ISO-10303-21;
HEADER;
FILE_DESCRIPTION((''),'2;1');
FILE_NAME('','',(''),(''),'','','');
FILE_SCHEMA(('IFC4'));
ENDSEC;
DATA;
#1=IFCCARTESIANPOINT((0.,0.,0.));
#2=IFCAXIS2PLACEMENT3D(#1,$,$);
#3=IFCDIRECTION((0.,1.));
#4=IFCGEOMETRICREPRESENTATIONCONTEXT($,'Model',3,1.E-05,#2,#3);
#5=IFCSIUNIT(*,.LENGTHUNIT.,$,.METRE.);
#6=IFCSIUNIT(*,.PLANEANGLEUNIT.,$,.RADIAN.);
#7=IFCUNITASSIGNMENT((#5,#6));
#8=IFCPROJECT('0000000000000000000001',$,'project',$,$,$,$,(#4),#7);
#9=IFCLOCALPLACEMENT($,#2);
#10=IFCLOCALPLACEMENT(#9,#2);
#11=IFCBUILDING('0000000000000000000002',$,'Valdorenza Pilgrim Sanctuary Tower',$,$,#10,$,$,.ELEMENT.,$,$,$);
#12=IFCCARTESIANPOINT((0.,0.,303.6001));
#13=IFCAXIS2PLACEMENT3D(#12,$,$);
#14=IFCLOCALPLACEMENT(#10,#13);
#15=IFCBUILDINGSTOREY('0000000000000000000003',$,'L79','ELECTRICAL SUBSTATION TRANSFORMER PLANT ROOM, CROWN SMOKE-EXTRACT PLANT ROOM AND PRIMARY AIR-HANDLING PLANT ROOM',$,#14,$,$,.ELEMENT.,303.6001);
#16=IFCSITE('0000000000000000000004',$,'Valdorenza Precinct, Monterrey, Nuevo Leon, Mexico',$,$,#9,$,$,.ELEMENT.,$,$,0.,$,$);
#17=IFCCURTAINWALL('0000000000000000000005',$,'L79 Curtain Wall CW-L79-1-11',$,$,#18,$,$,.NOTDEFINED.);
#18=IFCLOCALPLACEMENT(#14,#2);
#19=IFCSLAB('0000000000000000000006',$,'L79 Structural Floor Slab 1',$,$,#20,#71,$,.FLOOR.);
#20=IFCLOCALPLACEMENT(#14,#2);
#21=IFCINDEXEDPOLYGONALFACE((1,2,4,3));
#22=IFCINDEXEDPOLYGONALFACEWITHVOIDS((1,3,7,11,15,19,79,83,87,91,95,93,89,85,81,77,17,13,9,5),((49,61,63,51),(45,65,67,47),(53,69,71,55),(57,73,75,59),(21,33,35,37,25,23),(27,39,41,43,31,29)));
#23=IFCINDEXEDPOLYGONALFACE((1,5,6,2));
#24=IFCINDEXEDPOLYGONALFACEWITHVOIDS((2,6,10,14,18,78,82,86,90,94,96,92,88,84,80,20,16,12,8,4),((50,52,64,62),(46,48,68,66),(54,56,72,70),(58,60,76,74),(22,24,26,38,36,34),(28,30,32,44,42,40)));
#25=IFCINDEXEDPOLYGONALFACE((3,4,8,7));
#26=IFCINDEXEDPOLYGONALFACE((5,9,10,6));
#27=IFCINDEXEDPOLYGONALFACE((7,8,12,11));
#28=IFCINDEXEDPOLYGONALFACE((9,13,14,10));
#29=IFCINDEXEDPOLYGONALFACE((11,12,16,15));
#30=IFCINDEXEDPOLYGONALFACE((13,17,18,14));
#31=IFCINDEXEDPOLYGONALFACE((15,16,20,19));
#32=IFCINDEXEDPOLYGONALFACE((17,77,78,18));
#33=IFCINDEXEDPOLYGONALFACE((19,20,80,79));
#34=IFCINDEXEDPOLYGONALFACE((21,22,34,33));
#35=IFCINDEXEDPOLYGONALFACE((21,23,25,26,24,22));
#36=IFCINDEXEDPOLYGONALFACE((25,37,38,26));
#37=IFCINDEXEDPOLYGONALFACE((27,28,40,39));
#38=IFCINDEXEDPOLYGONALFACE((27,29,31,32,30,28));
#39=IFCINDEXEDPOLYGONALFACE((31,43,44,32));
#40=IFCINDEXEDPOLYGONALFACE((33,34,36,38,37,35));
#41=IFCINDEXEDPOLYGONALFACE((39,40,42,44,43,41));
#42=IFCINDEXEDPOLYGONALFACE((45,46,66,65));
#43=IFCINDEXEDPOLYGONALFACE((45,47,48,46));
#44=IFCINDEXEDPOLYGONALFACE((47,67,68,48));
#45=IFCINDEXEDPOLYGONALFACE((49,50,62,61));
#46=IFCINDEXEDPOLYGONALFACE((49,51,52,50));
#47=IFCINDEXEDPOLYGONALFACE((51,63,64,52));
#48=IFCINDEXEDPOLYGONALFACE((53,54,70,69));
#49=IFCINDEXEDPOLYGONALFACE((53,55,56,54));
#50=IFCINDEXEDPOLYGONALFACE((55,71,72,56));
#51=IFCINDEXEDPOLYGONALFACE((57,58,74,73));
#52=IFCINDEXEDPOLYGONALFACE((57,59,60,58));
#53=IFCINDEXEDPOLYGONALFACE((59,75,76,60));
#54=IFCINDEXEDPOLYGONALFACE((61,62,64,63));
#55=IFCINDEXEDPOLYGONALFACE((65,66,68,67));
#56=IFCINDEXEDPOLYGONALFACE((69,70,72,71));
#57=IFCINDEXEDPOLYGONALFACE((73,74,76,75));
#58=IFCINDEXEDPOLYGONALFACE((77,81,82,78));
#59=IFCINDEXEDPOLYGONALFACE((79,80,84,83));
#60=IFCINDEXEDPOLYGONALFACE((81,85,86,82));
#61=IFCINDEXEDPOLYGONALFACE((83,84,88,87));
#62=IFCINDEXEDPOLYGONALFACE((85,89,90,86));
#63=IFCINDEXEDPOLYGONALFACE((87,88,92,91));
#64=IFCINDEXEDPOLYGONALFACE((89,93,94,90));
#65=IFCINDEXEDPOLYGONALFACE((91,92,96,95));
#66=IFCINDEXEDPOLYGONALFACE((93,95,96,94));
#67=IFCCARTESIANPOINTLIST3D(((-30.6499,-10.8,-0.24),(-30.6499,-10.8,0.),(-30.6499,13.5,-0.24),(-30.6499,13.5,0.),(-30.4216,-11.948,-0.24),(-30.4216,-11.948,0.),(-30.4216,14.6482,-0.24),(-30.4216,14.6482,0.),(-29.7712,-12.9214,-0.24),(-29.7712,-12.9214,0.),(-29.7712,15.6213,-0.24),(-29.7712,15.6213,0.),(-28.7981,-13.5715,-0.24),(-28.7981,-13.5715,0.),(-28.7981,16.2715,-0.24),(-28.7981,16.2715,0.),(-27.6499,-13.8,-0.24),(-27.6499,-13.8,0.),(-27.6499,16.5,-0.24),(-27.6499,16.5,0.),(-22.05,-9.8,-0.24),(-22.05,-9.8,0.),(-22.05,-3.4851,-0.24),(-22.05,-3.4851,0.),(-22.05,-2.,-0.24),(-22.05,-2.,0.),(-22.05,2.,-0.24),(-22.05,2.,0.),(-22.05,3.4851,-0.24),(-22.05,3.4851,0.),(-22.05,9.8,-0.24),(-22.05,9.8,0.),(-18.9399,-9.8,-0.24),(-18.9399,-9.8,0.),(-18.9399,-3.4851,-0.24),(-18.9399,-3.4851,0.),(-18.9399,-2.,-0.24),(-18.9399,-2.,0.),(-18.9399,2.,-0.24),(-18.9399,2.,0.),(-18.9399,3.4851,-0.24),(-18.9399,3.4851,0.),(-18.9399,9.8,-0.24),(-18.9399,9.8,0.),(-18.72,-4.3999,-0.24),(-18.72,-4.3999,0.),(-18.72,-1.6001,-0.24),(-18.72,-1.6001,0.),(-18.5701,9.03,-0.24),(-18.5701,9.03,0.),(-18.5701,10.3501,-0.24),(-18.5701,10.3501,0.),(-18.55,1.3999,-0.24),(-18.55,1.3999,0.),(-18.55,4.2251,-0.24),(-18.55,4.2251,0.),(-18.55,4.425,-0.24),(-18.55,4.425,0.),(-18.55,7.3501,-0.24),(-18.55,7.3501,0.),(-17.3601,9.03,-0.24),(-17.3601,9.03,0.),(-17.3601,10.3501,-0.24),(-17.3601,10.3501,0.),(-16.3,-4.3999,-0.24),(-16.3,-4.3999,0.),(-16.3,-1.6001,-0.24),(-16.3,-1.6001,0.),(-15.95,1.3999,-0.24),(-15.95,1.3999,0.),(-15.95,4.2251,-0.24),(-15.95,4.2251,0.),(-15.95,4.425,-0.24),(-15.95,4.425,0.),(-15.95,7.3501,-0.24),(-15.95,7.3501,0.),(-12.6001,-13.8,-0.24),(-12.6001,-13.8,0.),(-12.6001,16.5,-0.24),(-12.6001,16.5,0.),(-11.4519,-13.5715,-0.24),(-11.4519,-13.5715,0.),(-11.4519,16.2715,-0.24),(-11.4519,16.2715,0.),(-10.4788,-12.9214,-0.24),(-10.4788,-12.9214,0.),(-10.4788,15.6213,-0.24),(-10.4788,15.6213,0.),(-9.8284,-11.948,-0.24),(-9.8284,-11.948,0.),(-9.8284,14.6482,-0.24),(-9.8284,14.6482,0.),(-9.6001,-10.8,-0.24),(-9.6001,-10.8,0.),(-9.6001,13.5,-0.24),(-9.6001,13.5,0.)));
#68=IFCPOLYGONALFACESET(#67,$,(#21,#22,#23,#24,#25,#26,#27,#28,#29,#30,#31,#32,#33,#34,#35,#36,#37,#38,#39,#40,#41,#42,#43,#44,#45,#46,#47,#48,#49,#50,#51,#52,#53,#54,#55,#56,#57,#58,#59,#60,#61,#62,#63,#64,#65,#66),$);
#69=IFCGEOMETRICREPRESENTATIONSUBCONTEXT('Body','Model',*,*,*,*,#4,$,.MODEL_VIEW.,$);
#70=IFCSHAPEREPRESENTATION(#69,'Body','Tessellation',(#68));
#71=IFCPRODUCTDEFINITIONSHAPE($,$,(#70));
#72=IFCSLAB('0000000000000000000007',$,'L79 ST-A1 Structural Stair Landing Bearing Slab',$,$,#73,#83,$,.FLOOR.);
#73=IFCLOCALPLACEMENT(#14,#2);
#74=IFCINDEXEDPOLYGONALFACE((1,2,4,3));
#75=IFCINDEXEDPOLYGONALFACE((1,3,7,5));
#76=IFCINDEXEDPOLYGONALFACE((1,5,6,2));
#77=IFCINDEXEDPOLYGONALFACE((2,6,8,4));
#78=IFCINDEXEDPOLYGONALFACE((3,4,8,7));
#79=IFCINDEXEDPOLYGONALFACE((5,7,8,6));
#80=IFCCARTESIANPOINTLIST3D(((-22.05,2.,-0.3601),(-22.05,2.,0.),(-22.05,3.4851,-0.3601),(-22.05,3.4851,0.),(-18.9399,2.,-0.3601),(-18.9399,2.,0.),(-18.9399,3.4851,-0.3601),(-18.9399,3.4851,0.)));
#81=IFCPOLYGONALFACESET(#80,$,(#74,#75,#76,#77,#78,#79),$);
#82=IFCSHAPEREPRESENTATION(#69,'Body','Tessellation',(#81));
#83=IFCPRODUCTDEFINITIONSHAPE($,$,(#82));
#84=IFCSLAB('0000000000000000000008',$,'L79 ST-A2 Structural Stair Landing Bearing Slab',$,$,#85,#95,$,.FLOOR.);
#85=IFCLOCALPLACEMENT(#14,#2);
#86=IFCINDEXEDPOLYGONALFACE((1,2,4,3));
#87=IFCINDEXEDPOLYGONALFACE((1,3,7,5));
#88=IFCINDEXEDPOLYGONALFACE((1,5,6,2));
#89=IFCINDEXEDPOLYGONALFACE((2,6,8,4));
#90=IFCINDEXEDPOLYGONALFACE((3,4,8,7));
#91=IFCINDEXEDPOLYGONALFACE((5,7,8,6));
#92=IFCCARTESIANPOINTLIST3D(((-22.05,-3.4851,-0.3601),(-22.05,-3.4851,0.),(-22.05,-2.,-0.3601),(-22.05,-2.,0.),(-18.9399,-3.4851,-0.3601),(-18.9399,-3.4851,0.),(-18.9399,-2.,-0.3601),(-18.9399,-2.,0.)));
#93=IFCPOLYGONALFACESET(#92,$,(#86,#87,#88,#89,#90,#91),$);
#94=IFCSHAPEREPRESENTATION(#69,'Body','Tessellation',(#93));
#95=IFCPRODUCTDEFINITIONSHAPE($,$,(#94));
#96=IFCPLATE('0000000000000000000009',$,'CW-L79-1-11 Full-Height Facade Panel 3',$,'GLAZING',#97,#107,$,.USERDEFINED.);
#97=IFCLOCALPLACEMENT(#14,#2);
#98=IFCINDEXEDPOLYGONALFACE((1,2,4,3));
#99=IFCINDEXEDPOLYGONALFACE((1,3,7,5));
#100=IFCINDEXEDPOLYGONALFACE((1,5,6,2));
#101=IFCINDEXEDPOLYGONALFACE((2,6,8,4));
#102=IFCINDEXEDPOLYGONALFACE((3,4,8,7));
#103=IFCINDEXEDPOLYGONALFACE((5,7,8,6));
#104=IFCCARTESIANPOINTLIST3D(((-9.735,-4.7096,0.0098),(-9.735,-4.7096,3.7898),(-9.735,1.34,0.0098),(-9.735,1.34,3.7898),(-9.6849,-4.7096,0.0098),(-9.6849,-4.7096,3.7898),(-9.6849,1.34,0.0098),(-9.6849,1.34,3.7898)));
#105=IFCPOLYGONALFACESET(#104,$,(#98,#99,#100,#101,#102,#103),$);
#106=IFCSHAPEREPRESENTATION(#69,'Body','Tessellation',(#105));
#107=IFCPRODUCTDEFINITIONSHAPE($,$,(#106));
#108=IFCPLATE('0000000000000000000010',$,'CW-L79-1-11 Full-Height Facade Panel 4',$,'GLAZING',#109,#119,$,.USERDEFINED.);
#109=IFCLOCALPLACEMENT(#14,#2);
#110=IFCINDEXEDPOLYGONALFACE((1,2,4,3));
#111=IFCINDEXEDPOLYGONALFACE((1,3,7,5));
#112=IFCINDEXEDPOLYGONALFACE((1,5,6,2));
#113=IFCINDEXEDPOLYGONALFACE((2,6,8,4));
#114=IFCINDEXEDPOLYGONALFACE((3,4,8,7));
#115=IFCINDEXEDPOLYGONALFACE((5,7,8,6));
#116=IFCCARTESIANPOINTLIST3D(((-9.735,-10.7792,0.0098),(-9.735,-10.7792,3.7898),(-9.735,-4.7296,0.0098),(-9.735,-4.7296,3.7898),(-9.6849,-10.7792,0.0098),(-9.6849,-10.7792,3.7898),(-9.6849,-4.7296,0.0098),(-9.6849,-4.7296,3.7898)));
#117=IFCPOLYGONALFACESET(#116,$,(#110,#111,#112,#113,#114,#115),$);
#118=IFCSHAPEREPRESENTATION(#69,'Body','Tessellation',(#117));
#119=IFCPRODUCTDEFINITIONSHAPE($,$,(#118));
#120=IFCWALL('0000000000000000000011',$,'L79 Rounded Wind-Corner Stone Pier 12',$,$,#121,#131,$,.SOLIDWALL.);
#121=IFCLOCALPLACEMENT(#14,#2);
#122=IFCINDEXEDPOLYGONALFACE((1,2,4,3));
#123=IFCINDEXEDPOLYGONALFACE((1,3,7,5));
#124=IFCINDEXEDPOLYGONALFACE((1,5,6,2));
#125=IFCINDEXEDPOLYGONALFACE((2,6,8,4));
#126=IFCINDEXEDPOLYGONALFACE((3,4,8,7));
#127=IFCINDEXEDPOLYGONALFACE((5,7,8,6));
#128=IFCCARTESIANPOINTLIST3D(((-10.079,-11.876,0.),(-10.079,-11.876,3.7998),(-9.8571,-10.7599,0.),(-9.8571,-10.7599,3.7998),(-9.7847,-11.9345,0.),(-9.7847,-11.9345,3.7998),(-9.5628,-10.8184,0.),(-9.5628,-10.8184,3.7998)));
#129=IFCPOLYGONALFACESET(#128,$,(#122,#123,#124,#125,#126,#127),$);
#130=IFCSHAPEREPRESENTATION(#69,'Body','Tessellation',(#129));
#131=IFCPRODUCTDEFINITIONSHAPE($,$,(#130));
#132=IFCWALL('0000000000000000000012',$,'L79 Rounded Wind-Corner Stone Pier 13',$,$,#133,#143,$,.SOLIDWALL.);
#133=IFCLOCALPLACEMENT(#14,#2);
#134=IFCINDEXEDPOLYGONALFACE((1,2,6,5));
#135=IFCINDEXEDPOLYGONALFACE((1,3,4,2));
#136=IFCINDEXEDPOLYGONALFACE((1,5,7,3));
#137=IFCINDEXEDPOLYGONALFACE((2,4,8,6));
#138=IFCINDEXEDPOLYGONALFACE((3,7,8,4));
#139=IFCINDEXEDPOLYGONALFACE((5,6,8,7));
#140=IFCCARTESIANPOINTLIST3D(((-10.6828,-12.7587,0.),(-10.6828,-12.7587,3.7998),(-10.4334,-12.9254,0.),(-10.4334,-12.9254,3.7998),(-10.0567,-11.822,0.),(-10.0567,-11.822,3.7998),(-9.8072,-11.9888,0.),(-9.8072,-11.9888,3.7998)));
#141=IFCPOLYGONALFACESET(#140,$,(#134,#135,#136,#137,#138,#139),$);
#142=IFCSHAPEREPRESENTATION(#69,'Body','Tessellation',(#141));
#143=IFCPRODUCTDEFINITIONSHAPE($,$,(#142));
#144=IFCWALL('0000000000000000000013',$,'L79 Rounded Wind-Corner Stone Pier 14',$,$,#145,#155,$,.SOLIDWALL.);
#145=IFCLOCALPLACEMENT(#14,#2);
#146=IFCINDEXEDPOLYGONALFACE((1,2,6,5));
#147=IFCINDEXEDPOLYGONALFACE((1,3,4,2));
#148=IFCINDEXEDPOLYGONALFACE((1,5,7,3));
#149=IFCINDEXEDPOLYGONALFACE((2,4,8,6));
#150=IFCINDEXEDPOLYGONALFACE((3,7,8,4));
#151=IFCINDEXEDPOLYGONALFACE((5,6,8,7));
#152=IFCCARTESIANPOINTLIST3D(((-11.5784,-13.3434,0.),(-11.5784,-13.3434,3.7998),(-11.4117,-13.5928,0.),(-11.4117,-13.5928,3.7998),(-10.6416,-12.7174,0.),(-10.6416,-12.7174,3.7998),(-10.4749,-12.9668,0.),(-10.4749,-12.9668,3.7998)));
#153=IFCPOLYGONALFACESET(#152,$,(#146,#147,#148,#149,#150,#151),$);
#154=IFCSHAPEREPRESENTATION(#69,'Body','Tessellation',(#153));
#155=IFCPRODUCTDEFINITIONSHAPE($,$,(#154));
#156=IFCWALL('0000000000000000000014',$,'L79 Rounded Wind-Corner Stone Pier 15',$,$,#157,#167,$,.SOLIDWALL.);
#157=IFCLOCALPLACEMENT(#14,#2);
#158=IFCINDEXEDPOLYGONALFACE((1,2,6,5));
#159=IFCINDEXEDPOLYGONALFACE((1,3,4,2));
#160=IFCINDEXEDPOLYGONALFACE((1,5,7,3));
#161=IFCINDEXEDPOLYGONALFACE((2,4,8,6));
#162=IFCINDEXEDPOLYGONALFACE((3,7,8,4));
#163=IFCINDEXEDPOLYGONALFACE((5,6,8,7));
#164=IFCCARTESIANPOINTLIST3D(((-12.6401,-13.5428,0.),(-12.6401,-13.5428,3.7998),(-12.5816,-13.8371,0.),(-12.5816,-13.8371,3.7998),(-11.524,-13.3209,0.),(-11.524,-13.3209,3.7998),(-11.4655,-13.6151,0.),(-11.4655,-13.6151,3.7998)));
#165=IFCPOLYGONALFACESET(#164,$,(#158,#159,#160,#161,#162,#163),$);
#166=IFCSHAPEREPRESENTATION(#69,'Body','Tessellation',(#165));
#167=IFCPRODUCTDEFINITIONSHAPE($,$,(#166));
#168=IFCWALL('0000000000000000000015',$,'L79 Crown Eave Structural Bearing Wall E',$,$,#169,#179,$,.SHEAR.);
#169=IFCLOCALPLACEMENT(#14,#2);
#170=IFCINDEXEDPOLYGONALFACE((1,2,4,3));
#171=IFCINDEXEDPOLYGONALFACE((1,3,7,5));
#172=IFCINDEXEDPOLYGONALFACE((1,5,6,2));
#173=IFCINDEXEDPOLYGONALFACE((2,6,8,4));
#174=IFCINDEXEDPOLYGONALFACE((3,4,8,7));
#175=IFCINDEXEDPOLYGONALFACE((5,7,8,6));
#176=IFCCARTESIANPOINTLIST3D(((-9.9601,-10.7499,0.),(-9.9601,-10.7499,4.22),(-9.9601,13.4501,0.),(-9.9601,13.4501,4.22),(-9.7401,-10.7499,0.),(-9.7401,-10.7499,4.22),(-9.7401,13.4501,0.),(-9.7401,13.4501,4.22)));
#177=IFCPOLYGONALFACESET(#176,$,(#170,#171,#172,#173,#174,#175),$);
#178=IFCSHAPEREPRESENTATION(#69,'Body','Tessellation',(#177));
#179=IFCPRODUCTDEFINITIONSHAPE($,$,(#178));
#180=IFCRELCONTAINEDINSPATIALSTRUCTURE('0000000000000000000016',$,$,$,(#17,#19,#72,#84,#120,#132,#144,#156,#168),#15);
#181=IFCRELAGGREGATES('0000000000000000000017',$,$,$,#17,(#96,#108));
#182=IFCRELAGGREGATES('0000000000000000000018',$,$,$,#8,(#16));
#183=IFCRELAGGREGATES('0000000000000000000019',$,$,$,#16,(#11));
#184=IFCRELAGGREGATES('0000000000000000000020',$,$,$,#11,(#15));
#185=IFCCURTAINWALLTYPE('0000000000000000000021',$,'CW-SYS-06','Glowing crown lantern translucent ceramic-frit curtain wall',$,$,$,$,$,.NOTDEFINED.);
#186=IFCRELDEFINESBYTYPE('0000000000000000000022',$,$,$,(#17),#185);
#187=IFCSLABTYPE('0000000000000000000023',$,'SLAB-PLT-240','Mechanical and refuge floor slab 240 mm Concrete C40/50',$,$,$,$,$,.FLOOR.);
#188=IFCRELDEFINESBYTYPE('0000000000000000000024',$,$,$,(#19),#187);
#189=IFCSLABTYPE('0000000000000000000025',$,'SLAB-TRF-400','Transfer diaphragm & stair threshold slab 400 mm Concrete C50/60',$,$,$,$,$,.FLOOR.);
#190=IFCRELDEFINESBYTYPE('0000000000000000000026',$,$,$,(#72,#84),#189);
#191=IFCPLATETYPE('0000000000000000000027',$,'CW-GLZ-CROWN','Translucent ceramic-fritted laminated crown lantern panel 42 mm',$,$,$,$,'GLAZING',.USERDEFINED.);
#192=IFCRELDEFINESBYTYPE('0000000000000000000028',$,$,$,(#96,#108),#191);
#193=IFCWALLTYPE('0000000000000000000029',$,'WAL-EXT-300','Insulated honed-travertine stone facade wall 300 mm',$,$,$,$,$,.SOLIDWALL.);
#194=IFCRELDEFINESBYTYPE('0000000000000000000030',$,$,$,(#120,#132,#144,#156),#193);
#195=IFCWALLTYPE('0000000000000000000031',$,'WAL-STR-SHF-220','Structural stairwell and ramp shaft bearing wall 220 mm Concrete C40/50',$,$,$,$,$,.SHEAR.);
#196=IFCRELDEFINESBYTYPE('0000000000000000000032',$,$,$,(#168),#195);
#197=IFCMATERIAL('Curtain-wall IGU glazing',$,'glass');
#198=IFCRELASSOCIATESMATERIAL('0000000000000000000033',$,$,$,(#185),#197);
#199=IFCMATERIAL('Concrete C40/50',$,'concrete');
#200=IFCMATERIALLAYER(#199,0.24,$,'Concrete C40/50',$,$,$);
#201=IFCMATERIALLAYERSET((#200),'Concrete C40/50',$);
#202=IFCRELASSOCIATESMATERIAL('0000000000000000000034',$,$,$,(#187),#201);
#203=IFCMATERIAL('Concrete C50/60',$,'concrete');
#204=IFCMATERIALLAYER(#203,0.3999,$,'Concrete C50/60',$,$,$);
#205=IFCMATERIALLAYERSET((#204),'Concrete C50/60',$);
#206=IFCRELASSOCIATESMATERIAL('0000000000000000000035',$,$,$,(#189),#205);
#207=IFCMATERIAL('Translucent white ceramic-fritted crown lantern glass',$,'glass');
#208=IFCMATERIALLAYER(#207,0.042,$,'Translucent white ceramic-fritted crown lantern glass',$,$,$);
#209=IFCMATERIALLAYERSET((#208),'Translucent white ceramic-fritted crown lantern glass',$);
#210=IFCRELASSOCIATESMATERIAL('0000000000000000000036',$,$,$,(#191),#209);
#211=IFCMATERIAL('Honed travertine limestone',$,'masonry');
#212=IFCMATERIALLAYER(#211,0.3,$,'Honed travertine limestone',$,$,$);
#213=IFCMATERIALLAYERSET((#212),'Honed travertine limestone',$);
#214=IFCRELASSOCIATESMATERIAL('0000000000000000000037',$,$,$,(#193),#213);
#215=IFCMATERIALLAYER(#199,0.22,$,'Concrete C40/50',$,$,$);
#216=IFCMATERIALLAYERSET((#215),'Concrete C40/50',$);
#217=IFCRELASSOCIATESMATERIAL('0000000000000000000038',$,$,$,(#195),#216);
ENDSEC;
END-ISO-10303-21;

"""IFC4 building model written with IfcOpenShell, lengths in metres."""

from ifc_helpers import new_model, si_unit, direction, frame, frame_2d, origin, origin_2d, place, context, subcontext, project, spatial, polyline, rectangle, outline, extrude, source, transform, mapped, material, layer, layer_set, type_object, element, aggregate, save


model = new_model("IFC4")

# Units and contexts
model_context = context("Model", 3, precision=1e-05, world=origin(), true_north=direction((0.0, 1.0)))
body_context = subcontext(model_context, "Body", "Model", "MODEL_VIEW")
ifc_project = project(units=[si_unit("LENGTHUNIT", "METRE"), si_unit("PLANEANGLEUNIT", "RADIAN")], contexts=[model_context])

# Site, building, storey
site_placement = place(None, origin())
site = spatial("IfcSite", under=ifc_project, at=site_placement, Name="Valdorenza Precinct, Monterrey, Nuevo Leon, Mexico", CompositionType="ELEMENT", RefElevation=0.0)
building_placement = place(site_placement, origin())
building = spatial("IfcBuilding", under=site, at=building_placement, Name="Valdorenza Pilgrim Sanctuary Tower", CompositionType="ELEMENT")
storey_placement = place(building_placement, frame((0.0, 0.0, 303.6001)))
storey = spatial("IfcBuildingStorey", under=building, at=storey_placement, Name="L79", Description="ELECTRICAL SUBSTATION TRANSFORMER PLANT ROOM, CROWN SMOKE-EXTRACT PLANT ROOM AND PRIMARY AIR-HANDLING PLANT ROOM", CompositionType="ELEMENT", Elevation=303.6001)

# Shared definitions
ifc_material_1 = material(Name="Concrete C50/60", Category="concrete")

# Shared definitions
ifc_material_2 = material(Name="Curtain-wall IGU glazing", Category="glass")
curtain_wall_type = type_object("IfcCurtainWallType", Name="CW-SYS-06", Description="Glowing crown lantern translucent ceramic-frit curtain wall", PredefinedType="NOTDEFINED", material=ifc_material_2)

# Curtain wall
curtain_wall_1_placement = place(storey_placement, origin())
curtain_wall_1 = element("IfcCurtainWall", 1, at=curtain_wall_1_placement, inside=storey, type_object=curtain_wall_type, Name="L79 Curtain Wall CW-L79-1-11", PredefinedType="NOTDEFINED")

# Slabs
ifc_material_3 = material(Name="Concrete C40/50", Category="concrete")
ifc_layer_1 = layer(ifc_material_3, 0.24, Name="Concrete C40/50")
ifc_layer_set_1 = layer_set([ifc_layer_1], Name="Concrete C40/50")
slab_type_1 = type_object("IfcSlabType", Name="SLAB-PLT-240", Description="Mechanical and refuge floor slab 240 mm Concrete C40/50", PredefinedType="FLOOR", material=ifc_layer_set_1)
slab_1_placement = place(storey_placement, frame((0.0, 0.0, -0.24)))
element("IfcSlab", 2, at=slab_1_placement, inside=storey, type_object=slab_type_1, Name="L79 Structural Floor Slab 1", PredefinedType="FLOOR", context=body_context, shape_type="SweptSolid", body=[
    extrude(outline(polyline([(-30.6499, 13.5), (-30.4216, 14.6482), (-29.7712, 15.6213), (-28.7981, 16.2715), (-27.6499, 16.5), (-12.6001, 16.5), (-11.4519, 16.2715), (-10.4788, 15.6213), (-9.8284, 14.6482), (-9.6001, 13.5), (-9.6001, -10.8), (-9.8284, -11.948), (-10.4788, -12.9214), (-11.4519, -13.5715), (-12.6001, -13.8), (-27.6499, -13.8), (-28.7981, -13.5715), (-29.7712, -12.9214), (-30.4216, -11.948), (-30.6499, -10.8), (-30.6499, 13.5)]), holes=[polyline([(-18.9399, -9.8), (-18.9399, -3.4851), (-18.9399, -2.0), (-22.05, -2.0), (-22.05, -3.4851), (-22.05, -9.8), (-18.9399, -9.8)]), polyline([(-16.3, -1.6001), (-18.72, -1.6001), (-18.72, -4.3999), (-16.3, -4.3999), (-16.3, -1.6001)]), polyline([(-18.9399, 3.4851), (-18.9399, 9.8), (-22.05, 9.8), (-22.05, 3.4851), (-22.05, 2.0), (-18.9399, 2.0), (-18.9399, 3.4851)]), polyline([(-15.95, 4.2251), (-18.55, 4.2251), (-18.55, 1.3999), (-15.95, 1.3999), (-15.95, 4.2251)]), polyline([(-15.95, 7.3501), (-18.55, 7.3501), (-18.55, 4.425), (-15.95, 4.425), (-15.95, 7.3501)]), polyline([(-17.3601, 10.3501), (-18.5701, 10.3501), (-18.5701, 9.03), (-17.3601, 9.03), (-17.3601, 10.3501)])]), origin(), (0.0, 0.0, 1.0), 0.24),
])
ifc_layer_2 = layer(ifc_material_1, 0.3999, Name="Concrete C50/60")
ifc_layer_set_2 = layer_set([ifc_layer_2], Name="Concrete C50/60")
slab_type_2 = type_object("IfcSlabType", Name="SLAB-TRF-400", Description="Transfer diaphragm & stair threshold slab 400 mm Concrete C50/60", PredefinedType="FLOOR", material=ifc_layer_set_2)
slab_2_placement = place(storey_placement, frame((0.0, 0.0, -0.3601)))
element("IfcSlab", 3, at=slab_2_placement, inside=storey, type_object=slab_type_2, Name="L79 ST-A1 Structural Stair Landing Bearing Slab", PredefinedType="FLOOR", context=body_context, shape_type="SweptSolid", body=[
    extrude(outline(polyline([(-22.05, 2.0), (-18.9399, 2.0), (-18.9399, 3.4851), (-22.05, 3.4851), (-22.05, 2.0)])), origin(), (0.0, 0.0, 1.0), 0.3601),
])
slab_3_placement = place(storey_placement, frame((0.0, 0.0, -0.3601)))
element("IfcSlab", 4, at=slab_3_placement, inside=storey, type_object=slab_type_2, Name="L79 ST-A2 Structural Stair Landing Bearing Slab", PredefinedType="FLOOR", context=body_context, shape_type="SweptSolid", body=[
    extrude(outline(polyline([(-22.05, -3.4851), (-18.9399, -3.4851), (-18.9399, -2.0), (-22.05, -2.0), (-22.05, -3.4851)])), origin(), (0.0, 0.0, 1.0), 0.3601),
])

# Plates
ifc_material_4 = material(Name="Translucent white ceramic-fritted crown lantern glass", Category="glass")
ifc_layer_3 = layer(ifc_material_4, 0.042, Name="Translucent white ceramic-fritted crown lantern glass")
ifc_layer_set_3 = layer_set([ifc_layer_3], Name="Translucent white ceramic-fritted crown lantern glass")
plate_type = type_object("IfcPlateType", Name="CW-GLZ-CROWN", Description="Translucent ceramic-fritted laminated crown lantern panel 42 mm", ElementType="GLAZING", PredefinedType="USERDEFINED", material=ifc_layer_set_3)
shared_shape_1 = source(origin(), body_context, "Body", "SweptSolid", [
    extrude(rectangle(XDim=6.0496, YDim=0.05, at=origin_2d()), origin(), (0.0, 0.0, 1.0), 3.78),
])
plate_1_placement = place(storey_placement, frame((-9.71, -1.6848, 0.0098), z_axis=(0.0, 0.0, 1.0), x_axis=(0.0, -1.0, 0.0)))
plate_1 = element("IfcPlate", 5, at=plate_1_placement, type_object=plate_type, Name="CW-L79-1-11 Full-Height Facade Panel 3", ObjectType="GLAZING", PredefinedType="USERDEFINED", context=body_context, shape_type="MappedRepresentation", body=[
    mapped(shared_shape_1, transform((0.0, 0.0, 0.0), x_axis=(1.0, 0.0, 0.0), y_axis=(0.0, 1.0, 0.0), z_axis=(0.0, 0.0, 1.0), scale=1.0)),
])
plate_2_placement = place(storey_placement, frame((-9.71, -7.7544, 0.0098), z_axis=(0.0, 0.0, 1.0), x_axis=(0.0, -1.0, 0.0)))
plate_2 = element("IfcPlate", 6, at=plate_2_placement, type_object=plate_type, Name="CW-L79-1-11 Full-Height Facade Panel 4", ObjectType="GLAZING", PredefinedType="USERDEFINED", context=body_context, shape_type="MappedRepresentation", body=[
    mapped(shared_shape_1, transform((0.0, 0.0, 0.0), x_axis=(1.0, 0.0, 0.0), y_axis=(0.0, 1.0, 0.0), z_axis=(0.0, 0.0, 1.0), scale=1.0)),
])
aggregate(curtain_wall_1, [plate_1, plate_2])

# Walls
ifc_material_5 = material(Name="Honed travertine limestone", Category="masonry")
ifc_layer_4 = layer(ifc_material_5, 0.3, Name="Honed travertine limestone")
ifc_layer_set_4 = layer_set([ifc_layer_4], Name="Honed travertine limestone")
wall_type_1 = type_object("IfcWallType", Name="WAL-EXT-300", Description="Insulated honed-travertine stone facade wall 300 mm", PredefinedType="SOLIDWALL", material=ifc_layer_set_4)
wall_1_placement = place(storey_placement, frame((-9.71, -10.7893, 0.0), z_axis=(0.0, 0.0, 1.0), x_axis=(-0.195043, -0.980795, 0.0)))
element("IfcWall", 7, at=wall_1_placement, inside=storey, type_object=wall_type_1, Name="L79 Rounded Wind-Corner Stone Pier 12", PredefinedType="SOLIDWALL", context=body_context, shape_type="SweptSolid", body=[
    extrude(rectangle(XDim=1.1379, YDim=0.3, at=frame_2d((0.5688, 0.0))), origin(), (0.0, 0.0, 1.0), 3.7998),
])
for number, where, z_axis, x_axis, name in (
    (8, (-9.9319, -11.9053, 0.0), (0.0, 0.0, 1.0), (-0.55575, -0.83135, 0.0), "L79 Rounded Wind-Corner Stone Pier 13"),
    (9, (-10.5581, -12.842, 0.0), (0.0, 0.0, 1.0), (-0.83145, -0.5556, 0.0), "L79 Rounded Wind-Corner Stone Pier 14"),
):
    element("IfcWall", number, at=place(storey_placement, frame(where, z_axis=z_axis, x_axis=x_axis)), inside=storey, type_object=wall_type_1, Name=name, PredefinedType="SOLIDWALL", context=body_context, shape_type="SweptSolid", body=[
        extrude(rectangle(XDim=1.1267, YDim=0.3, at=frame_2d((0.5635, 0.0))), origin(), (0.0, 0.0, 1.0), 3.7998),
    ])
wall_2_placement = place(storey_placement, frame((-11.4949, -13.468, 0.0), z_axis=(0.0, 0.0, 1.0), x_axis=(-0.980795, -0.195043, 0.0)))
element("IfcWall", 10, at=wall_2_placement, inside=storey, type_object=wall_type_1, Name="L79 Rounded Wind-Corner Stone Pier 15", PredefinedType="SOLIDWALL", context=body_context, shape_type="SweptSolid", body=[
    extrude(rectangle(XDim=1.1379, YDim=0.3, at=frame_2d((0.5688, 0.0))), origin(), (0.0, 0.0, 1.0), 3.7998),
])
ifc_layer_5 = layer(ifc_material_3, 0.22, Name="Concrete C40/50")
ifc_layer_set_5 = layer_set([ifc_layer_5], Name="Concrete C40/50")
wall_type_2 = type_object("IfcWallType", Name="WAL-STR-SHF-220", Description="Structural stairwell and ramp shaft bearing wall 220 mm Concrete C40/50", PredefinedType="SHEAR", material=ifc_layer_set_5)
wall_3_placement = place(storey_placement, frame((-9.8501, -10.75, 0.0), z_axis=(0.0, 0.0, 1.0), x_axis=(0.0, 1.0, 0.0)))
element("IfcWall", 11, at=wall_3_placement, inside=storey, type_object=wall_type_2, Name="L79 Crown Eave Structural Bearing Wall E", PredefinedType="SHEAR", context=body_context, shape_type="SweptSolid", body=[
    extrude(rectangle(XDim=24.2, YDim=0.22, at=frame_2d((12.1001, 0.0))), origin(), (0.0, 0.0, 1.0), 4.22),
])

save(model, "model.ifc")
